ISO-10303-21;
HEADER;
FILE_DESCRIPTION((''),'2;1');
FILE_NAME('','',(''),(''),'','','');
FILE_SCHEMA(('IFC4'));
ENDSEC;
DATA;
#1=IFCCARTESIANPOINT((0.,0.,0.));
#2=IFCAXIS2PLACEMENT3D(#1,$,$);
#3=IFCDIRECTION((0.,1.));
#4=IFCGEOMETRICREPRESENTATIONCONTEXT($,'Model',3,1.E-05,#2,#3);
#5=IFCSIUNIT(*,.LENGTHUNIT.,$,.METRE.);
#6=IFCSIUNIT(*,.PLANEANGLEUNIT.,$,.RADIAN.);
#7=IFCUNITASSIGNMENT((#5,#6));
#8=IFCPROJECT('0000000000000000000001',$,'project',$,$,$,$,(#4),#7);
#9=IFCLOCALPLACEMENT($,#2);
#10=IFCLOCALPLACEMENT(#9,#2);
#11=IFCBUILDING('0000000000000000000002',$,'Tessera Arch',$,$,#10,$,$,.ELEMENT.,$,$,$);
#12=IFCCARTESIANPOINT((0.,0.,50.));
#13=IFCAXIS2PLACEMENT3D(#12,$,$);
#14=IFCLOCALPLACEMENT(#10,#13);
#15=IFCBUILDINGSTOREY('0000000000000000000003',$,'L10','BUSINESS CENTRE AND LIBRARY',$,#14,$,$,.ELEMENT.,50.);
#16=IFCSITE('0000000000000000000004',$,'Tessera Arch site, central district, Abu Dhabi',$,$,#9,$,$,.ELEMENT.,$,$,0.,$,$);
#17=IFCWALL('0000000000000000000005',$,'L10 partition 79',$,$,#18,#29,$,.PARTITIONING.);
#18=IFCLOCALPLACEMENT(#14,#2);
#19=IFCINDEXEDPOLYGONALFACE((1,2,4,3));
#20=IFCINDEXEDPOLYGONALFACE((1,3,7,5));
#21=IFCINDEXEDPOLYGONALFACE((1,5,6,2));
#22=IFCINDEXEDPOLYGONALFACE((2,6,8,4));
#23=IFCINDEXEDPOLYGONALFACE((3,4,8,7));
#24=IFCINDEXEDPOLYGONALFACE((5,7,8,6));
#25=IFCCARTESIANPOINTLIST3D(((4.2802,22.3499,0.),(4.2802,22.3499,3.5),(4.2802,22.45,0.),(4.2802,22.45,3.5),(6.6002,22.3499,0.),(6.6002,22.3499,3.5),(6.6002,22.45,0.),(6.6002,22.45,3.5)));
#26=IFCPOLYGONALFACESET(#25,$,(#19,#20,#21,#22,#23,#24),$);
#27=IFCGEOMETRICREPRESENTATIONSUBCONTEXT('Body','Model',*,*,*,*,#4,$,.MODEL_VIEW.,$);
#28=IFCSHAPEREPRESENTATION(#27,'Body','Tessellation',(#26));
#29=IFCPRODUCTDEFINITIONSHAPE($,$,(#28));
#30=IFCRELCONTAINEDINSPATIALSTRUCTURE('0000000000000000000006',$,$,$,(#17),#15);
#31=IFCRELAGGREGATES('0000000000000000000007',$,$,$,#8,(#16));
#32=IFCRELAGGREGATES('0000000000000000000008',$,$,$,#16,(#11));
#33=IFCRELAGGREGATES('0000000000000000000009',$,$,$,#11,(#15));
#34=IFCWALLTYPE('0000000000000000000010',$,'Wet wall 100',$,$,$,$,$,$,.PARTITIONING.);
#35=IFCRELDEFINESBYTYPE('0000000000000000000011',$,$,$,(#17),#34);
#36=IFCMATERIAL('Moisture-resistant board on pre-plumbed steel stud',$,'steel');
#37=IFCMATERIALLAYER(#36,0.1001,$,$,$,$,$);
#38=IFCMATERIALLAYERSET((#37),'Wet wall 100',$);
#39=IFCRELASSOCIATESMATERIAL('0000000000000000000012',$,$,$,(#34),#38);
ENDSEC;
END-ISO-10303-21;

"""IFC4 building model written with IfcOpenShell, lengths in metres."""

from ifc_helpers import new_model, si_unit, direction, frame, frame_2d, origin, place, context, subcontext, project, spatial, rectangle, extrude, material, layer, layer_set, type_object, element, save


model = new_model("IFC4")

# Units and contexts
model_context = context("Model", 3, precision=1e-05, world=origin(), true_north=direction((0.0, 1.0)))
body_context = subcontext(model_context, "Body", "Model", "MODEL_VIEW")
ifc_project = project(units=[si_unit("LENGTHUNIT", "METRE"), si_unit("PLANEANGLEUNIT", "RADIAN")], contexts=[model_context])

# Site, building, storey
site_placement = place(None, origin())
site = spatial("IfcSite", under=ifc_project, at=site_placement, Name="Tessera Arch site, central district, Abu Dhabi", CompositionType="ELEMENT", RefElevation=0.0)
building_placement = place(site_placement, origin())
building = spatial("IfcBuilding", under=site, at=building_placement, Name="Tessera Arch", CompositionType="ELEMENT")
storey_placement = place(building_placement, frame((0.0, 0.0, 50.0)))
storey = spatial("IfcBuildingStorey", under=building, at=storey_placement, Name="L10", Description="BUSINESS CENTRE AND LIBRARY", CompositionType="ELEMENT", Elevation=50.0)

# Wall
ifc_material_1 = material(Name="Moisture-resistant board on pre-plumbed steel stud", Category="steel")
ifc_layer_1 = layer(ifc_material_1, 0.1001)
ifc_layer_set_1 = layer_set([ifc_layer_1], Name="Wet wall 100")
wall_type_1 = type_object("IfcWallType", Name="Wet wall 100", PredefinedType="PARTITIONING", material=ifc_layer_set_1)
wall_1_placement = place(storey_placement, frame((4.28, 22.3999, 0.0), z_axis=(0.0, 0.0, 1.0), x_axis=(1.0, 0.0, 0.0)))
element("IfcWall", 1, at=wall_1_placement, inside=storey, type_object=wall_type_1, Name="L10 partition 79", PredefinedType="PARTITIONING", context=body_context, shape_type="SweptSolid", body=[
    extrude(rectangle(XDim=2.3201, YDim=0.1001, at=frame_2d((1.1602, 0.0))), origin(), (0.0, 0.0, 1.0), 3.5),
])

save(model, "model.ifc")
